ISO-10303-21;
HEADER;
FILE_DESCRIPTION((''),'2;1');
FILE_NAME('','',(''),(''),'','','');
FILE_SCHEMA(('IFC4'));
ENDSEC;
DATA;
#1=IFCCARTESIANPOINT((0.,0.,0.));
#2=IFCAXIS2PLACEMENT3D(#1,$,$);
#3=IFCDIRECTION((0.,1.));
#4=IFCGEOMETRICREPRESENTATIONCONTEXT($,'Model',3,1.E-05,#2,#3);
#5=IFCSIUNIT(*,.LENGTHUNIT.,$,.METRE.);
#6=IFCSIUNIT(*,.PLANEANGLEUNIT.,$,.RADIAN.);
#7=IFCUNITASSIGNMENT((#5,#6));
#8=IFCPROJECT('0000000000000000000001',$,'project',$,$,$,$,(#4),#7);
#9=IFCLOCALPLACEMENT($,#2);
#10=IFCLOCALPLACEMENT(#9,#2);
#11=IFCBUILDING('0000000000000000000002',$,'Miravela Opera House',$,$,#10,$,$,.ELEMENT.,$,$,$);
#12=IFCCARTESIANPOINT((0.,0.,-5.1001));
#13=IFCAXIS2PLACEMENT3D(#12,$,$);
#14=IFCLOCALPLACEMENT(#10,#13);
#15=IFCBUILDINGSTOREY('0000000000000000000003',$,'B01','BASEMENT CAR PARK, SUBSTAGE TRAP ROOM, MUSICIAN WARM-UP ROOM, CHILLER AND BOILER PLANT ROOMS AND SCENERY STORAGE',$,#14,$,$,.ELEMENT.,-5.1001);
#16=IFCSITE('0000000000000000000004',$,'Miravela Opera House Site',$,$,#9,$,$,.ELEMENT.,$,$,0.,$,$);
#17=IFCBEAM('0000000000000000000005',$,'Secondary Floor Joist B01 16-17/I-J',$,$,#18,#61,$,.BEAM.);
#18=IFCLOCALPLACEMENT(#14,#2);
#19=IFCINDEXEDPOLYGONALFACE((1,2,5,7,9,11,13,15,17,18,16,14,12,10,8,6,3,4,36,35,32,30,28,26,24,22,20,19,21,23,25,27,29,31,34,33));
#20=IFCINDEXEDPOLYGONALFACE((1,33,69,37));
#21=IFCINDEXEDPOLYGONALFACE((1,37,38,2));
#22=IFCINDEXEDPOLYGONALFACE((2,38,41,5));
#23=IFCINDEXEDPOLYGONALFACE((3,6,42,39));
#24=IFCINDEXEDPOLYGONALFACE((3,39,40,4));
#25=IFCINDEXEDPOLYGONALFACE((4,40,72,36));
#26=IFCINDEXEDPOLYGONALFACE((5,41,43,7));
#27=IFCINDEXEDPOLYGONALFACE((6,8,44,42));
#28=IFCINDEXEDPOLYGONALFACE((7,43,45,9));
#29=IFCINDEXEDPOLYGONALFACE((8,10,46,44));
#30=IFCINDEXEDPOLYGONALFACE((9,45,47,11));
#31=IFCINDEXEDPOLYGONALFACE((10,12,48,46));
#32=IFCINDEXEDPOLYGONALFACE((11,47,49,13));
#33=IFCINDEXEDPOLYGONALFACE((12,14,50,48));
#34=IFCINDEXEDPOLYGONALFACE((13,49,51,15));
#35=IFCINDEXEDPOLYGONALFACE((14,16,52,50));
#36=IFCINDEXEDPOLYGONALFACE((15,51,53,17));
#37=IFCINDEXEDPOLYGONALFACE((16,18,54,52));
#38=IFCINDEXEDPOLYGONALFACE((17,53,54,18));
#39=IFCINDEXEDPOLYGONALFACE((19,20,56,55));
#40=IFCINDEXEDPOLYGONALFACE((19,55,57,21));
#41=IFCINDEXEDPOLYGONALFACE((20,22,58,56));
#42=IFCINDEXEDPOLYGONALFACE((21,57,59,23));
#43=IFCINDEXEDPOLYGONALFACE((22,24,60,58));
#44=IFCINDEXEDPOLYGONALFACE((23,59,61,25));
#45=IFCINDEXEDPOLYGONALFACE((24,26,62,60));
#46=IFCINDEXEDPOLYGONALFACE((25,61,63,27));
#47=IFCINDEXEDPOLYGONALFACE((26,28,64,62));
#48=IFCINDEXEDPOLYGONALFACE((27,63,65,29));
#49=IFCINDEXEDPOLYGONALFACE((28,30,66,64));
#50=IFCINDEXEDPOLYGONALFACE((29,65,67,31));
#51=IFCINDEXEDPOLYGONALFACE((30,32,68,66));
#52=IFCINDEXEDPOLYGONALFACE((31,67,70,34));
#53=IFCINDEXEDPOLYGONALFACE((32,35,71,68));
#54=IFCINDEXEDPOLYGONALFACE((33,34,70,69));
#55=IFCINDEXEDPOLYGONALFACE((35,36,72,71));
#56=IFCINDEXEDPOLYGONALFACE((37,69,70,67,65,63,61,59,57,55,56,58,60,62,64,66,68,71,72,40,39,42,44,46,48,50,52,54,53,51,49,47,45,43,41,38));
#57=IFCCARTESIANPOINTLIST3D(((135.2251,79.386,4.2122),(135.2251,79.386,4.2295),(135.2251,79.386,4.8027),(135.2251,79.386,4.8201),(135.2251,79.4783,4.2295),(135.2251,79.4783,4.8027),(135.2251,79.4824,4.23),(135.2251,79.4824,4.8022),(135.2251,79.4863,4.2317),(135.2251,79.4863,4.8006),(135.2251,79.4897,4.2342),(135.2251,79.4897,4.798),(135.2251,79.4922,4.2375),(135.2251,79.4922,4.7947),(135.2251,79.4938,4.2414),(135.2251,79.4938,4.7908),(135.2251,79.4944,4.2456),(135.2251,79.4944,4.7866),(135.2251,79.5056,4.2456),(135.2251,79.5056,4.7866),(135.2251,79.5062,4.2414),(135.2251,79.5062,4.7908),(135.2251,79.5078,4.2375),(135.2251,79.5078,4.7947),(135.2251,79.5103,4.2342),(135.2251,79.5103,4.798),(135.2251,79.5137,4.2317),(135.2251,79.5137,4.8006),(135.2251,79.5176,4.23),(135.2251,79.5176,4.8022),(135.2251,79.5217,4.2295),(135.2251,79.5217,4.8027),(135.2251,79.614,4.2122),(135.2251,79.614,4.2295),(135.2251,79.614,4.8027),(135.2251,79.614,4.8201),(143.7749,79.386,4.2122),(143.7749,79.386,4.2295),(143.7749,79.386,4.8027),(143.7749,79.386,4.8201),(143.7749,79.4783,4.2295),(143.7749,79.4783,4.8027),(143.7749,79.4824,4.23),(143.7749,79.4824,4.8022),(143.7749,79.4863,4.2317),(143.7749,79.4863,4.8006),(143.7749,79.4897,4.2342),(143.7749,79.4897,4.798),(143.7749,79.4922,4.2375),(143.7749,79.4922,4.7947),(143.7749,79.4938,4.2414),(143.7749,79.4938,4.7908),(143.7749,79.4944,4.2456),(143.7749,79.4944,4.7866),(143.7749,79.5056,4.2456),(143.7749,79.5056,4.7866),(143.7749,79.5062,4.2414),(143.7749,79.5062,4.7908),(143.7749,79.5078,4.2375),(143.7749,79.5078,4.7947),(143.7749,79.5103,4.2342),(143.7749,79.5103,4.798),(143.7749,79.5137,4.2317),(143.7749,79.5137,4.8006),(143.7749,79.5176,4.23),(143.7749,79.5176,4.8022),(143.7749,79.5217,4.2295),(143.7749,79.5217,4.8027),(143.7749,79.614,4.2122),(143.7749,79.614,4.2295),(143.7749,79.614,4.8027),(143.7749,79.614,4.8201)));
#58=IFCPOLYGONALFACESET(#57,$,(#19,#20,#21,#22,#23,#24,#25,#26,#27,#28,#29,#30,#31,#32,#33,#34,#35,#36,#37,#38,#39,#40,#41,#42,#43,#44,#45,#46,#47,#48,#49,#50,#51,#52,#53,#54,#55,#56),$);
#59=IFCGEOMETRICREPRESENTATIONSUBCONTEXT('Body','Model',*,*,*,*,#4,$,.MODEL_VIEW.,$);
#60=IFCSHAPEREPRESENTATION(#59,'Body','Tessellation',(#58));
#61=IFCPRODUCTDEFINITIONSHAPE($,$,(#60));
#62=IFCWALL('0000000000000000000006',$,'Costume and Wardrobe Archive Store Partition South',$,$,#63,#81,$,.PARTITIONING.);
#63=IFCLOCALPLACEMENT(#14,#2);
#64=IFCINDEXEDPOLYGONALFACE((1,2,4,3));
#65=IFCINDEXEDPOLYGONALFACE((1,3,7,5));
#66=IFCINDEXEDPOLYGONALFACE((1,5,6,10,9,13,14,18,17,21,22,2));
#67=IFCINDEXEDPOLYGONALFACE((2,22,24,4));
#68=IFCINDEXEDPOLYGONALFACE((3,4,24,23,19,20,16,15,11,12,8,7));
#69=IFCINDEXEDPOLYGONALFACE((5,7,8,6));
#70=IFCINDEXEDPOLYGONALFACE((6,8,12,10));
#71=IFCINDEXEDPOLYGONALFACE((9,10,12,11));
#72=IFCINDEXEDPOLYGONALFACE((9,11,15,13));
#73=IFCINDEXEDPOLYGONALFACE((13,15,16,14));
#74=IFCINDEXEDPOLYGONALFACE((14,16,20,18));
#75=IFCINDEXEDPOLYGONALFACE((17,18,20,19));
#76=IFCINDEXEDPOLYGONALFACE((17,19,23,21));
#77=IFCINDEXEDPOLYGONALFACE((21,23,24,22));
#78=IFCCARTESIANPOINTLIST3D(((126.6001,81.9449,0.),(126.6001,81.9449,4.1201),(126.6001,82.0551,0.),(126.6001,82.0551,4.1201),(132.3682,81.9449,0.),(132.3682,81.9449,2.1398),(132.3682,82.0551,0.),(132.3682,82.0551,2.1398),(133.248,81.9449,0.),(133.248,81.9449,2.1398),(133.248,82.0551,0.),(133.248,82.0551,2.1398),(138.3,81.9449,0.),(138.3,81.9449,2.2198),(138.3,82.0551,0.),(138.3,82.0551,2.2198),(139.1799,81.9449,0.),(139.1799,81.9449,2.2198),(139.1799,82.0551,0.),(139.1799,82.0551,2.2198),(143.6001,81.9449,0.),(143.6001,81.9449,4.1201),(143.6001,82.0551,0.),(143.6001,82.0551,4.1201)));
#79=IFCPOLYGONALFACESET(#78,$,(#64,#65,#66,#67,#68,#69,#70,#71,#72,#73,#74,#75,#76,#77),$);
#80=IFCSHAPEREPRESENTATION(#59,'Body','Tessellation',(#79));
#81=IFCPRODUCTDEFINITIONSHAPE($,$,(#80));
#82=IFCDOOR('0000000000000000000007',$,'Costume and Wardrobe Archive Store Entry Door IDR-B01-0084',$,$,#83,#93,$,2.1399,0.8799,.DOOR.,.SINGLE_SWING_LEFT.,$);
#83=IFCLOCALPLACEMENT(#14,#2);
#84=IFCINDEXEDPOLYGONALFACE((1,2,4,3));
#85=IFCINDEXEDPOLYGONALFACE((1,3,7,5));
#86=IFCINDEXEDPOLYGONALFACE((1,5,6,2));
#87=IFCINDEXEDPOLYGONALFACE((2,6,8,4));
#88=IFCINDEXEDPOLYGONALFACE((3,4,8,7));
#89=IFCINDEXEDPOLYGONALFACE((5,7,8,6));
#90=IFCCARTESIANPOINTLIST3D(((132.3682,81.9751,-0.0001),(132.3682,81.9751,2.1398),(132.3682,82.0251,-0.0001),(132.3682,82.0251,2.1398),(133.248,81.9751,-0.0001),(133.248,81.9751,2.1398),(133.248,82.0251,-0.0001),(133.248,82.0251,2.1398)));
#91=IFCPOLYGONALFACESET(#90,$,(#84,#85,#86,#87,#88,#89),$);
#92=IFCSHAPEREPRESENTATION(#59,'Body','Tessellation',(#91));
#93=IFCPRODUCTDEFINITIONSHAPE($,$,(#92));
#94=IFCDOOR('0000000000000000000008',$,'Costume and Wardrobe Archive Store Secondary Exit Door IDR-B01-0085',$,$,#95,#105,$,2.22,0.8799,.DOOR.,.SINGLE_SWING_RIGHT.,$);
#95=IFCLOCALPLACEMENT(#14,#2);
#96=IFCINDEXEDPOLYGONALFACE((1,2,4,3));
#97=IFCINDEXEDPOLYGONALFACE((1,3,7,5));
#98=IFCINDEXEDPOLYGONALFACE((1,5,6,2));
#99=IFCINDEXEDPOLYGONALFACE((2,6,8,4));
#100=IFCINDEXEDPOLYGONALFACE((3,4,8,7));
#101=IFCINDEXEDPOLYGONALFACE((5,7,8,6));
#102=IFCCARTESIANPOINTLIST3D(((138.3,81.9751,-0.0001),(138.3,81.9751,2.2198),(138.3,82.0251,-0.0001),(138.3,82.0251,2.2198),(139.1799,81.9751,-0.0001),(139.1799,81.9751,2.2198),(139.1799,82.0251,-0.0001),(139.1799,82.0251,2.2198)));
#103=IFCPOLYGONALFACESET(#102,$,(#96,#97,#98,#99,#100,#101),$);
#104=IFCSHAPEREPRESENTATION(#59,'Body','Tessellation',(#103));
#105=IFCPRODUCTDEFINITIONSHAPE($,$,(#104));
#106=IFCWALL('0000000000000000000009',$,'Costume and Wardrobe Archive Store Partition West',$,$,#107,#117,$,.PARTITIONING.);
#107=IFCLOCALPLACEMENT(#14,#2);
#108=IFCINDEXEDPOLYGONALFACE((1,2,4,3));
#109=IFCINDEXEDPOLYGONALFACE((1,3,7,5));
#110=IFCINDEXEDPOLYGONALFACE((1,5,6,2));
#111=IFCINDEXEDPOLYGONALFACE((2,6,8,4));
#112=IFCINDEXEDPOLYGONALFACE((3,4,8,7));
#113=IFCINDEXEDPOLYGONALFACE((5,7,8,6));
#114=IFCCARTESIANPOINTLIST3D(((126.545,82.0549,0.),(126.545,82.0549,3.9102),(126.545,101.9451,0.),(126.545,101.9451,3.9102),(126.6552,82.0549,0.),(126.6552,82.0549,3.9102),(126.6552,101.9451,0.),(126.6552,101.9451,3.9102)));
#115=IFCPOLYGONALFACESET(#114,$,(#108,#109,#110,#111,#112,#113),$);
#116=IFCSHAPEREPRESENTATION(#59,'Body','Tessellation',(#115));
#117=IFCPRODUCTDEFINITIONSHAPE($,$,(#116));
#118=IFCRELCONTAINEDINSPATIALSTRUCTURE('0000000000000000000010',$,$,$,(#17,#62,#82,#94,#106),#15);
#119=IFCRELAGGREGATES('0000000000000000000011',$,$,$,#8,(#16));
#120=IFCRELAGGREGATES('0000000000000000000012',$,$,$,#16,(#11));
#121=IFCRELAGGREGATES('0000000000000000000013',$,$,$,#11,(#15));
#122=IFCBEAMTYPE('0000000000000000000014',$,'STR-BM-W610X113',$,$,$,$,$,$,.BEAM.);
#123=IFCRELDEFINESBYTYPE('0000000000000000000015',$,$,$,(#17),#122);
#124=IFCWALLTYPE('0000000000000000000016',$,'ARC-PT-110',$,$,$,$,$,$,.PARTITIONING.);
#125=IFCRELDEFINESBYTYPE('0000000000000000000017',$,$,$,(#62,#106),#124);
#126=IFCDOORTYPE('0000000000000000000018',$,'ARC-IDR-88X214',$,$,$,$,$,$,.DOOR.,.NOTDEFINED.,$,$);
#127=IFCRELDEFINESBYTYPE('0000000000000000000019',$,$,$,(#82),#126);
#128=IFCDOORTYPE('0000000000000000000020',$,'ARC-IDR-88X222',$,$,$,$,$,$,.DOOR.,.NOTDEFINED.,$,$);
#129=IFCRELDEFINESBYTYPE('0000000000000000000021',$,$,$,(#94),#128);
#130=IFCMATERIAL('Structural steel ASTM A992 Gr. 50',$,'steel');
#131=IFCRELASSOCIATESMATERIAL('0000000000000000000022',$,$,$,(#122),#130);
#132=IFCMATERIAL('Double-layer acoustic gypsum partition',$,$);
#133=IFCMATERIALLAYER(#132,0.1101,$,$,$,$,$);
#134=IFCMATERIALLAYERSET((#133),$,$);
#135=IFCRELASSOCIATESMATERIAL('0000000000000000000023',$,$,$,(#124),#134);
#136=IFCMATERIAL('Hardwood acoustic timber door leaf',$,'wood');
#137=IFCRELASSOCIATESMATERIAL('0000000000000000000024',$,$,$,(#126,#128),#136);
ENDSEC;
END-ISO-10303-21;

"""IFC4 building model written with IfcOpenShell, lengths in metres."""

from ifc_helpers import new_model, si_unit, direction, frame, frame_2d, origin, origin_2d, place, context, subcontext, project, spatial, rectangle, i_section, extrude, material, layer, layer_set, material_profile, profile_set, type_object, element, fill, save


model = new_model("IFC4")

# Units and contexts
model_context = context("Model", 3, precision=1e-05, world=origin(), true_north=direction((0.0, 1.0)))
body_context = subcontext(model_context, "Body", "Model", "MODEL_VIEW")
ifc_project = project(units=[si_unit("LENGTHUNIT", "METRE"), si_unit("PLANEANGLEUNIT", "RADIAN")], contexts=[model_context])

# Site, building, storey
site_placement = place(None, origin())
site = spatial("IfcSite", under=ifc_project, at=site_placement, Name="Miravela Opera House Site", CompositionType="ELEMENT", RefElevation=0.0)
building_placement = place(site_placement, origin())
building = spatial("IfcBuilding", under=site, at=building_placement, Name="Miravela Opera House", CompositionType="ELEMENT")
storey_placement = place(building_placement, frame((0.0, 0.0, -5.1001)))
storey = spatial("IfcBuildingStorey", under=building, at=storey_placement, Name="B01", Description="BASEMENT CAR PARK, SUBSTAGE TRAP ROOM, MUSICIAN WARM-UP ROOM, CHILLER AND BOILER PLANT ROOMS AND SCENERY STORAGE", CompositionType="ELEMENT", Elevation=-5.1001)

# Beam
ifc_material_1 = material(Name="Structural steel ASTM A992 Gr. 50", Category="steel")
ifc_material_profile_1 = material_profile(ifc_material_1, i_section(OverallWidth=0.228, OverallDepth=0.6079, WebThickness=0.0112, FlangeThickness=0.0173, FilletRadius=0.0161, at=origin_2d()), Name="W610X113")
ifc_profile_set_1 = profile_set([ifc_material_profile_1])
beam_type_1 = type_object("IfcBeamType", Name="STR-BM-W610X113", PredefinedType="BEAM", material=ifc_profile_set_1)
beam_1_placement = place(storey_placement, frame((135.2251, 79.5, 4.5161), z_axis=(1.0, 0.0, 0.0), x_axis=(0.0, 1.0, 0.0)))
element("IfcBeam", 1, at=beam_1_placement, inside=storey, type_object=beam_type_1, Name="Secondary Floor Joist B01 16-17/I-J", PredefinedType="BEAM", context=body_context, shape_type="SweptSolid", body=[
    extrude(i_section(OverallWidth=0.228, OverallDepth=0.6079, WebThickness=0.0112, FlangeThickness=0.0173, FilletRadius=0.0161, at=origin_2d()), origin(), (0.0, 0.0, 1.0), 8.5498),
])

# Wall, openings, doors
ifc_material_2 = material(Name="Double-layer acoustic gypsum partition")
ifc_layer = layer(ifc_material_2, 0.1101)
ifc_layer_set = layer_set([ifc_layer])
wall_type = type_object("IfcWallType", Name="ARC-PT-110", PredefinedType="PARTITIONING", material=ifc_layer_set)
wall_1_placement = place(storey_placement, frame((126.6001, 82.0, 0.0), z_axis=(0.0, 0.0, 1.0), x_axis=(1.0, 0.0, 0.0)))
wall_1 = element("IfcWall", 2, at=wall_1_placement, inside=storey, type_object=wall_type, Name="Costume and Wardrobe Archive Store Partition South", PredefinedType="PARTITIONING", context=body_context, shape_type="SweptSolid", body=[
    extrude(rectangle(XDim=17.0, YDim=0.1101, at=frame_2d((8.5, 0.0))), origin(), (0.0, 0.0, 1.0), 4.1201),
])
opening_1_placement = place(wall_1_placement, frame((5.7681, 0.0, 0.0)))
opening_1 = element("IfcOpeningElement", 3, at=opening_1_placement, cuts=wall_1, PredefinedType="OPENING", context=body_context, shape_type="SweptSolid", body=[
    extrude(rectangle(XDim=0.8799, YDim=2.1399, at=frame_2d((0.4399, 1.0698))), frame((0.0, 0.0649, 0.0), z_axis=(0.0, -1.0, 0.0), x_axis=(1.0, 0.0, 0.0)), (0.0, 0.0, 1.0), 0.1301),
])
opening_2_placement = place(wall_1_placement, frame((11.7, 0.0, 0.0)))
opening_2 = element("IfcOpeningElement", 4, at=opening_2_placement, cuts=wall_1, PredefinedType="OPENING", context=body_context, shape_type="SweptSolid", body=[
    extrude(rectangle(XDim=0.8799, YDim=2.22, at=frame_2d((0.4399, 1.1099))), frame((0.0, 0.0649, 0.0), z_axis=(0.0, -1.0, 0.0), x_axis=(1.0, 0.0, 0.0)), (0.0, 0.0, 1.0), 0.1301),
])
ifc_material_3 = material(Name="Hardwood acoustic timber door leaf", Category="wood")
door_type_1 = type_object("IfcDoorType", Name="ARC-IDR-88X214", OperationType="NOTDEFINED", PredefinedType="DOOR", material=ifc_material_3)
door_1_placement = place(opening_1_placement, frame((0.8799, 0.0, 0.0), z_axis=(0.0, 0.0, 1.0), x_axis=(-1.0, 0.0, 0.0)))
door_1 = element("IfcDoor", 5, at=door_1_placement, inside=storey, type_object=door_type_1, Name="Costume and Wardrobe Archive Store Entry Door IDR-B01-0084", OperationType="SINGLE_SWING_LEFT", OverallHeight=2.1399, OverallWidth=0.8799, PredefinedType="DOOR", context=body_context, shape_type="SweptSolid", body=[
    extrude(rectangle(XDim=0.8799, YDim=2.1399, at=frame_2d((0.4399, 1.0698))), frame((0.0, 0.0249, 0.0), z_axis=(0.0, -1.0, 0.0), x_axis=(1.0, 0.0, 0.0)), (0.0, 0.0, 1.0), 0.05),
])
fill(opening_1, door_1)
door_type_2 = type_object("IfcDoorType", Name="ARC-IDR-88X222", OperationType="NOTDEFINED", PredefinedType="DOOR", material=ifc_material_3)
door_2_placement = place(opening_2_placement, frame((0.8799, 0.0, 0.0), z_axis=(0.0, 0.0, 1.0), x_axis=(-1.0, 0.0, 0.0)))
door_2 = element("IfcDoor", 6, at=door_2_placement, inside=storey, type_object=door_type_2, Name="Costume and Wardrobe Archive Store Secondary Exit Door IDR-B01-0085", OperationType="SINGLE_SWING_RIGHT", OverallHeight=2.22, OverallWidth=0.8799, PredefinedType="DOOR", context=body_context, shape_type="SweptSolid", body=[
    extrude(rectangle(XDim=0.8799, YDim=2.22, at=frame_2d((0.4399, 1.1099))), frame((0.0, 0.0249, 0.0), z_axis=(0.0, -1.0, 0.0), x_axis=(1.0, 0.0, 0.0)), (0.0, 0.0, 1.0), 0.05),
])
fill(opening_2, door_2)

# Wall
wall_2_placement = place(storey_placement, frame((126.6001, 82.0549, 0.0), z_axis=(0.0, 0.0, 1.0), x_axis=(0.0, 1.0, 0.0)))
element("IfcWall", 7, at=wall_2_placement, inside=storey, type_object=wall_type, Name="Costume and Wardrobe Archive Store Partition West", PredefinedType="PARTITIONING", context=body_context, shape_type="SweptSolid", body=[
    extrude(rectangle(XDim=19.8901, YDim=0.1101, at=frame_2d((9.9451, 0.0))), origin(), (0.0, 0.0, 1.0), 3.9102),
])

save(model, "model.ifc")
